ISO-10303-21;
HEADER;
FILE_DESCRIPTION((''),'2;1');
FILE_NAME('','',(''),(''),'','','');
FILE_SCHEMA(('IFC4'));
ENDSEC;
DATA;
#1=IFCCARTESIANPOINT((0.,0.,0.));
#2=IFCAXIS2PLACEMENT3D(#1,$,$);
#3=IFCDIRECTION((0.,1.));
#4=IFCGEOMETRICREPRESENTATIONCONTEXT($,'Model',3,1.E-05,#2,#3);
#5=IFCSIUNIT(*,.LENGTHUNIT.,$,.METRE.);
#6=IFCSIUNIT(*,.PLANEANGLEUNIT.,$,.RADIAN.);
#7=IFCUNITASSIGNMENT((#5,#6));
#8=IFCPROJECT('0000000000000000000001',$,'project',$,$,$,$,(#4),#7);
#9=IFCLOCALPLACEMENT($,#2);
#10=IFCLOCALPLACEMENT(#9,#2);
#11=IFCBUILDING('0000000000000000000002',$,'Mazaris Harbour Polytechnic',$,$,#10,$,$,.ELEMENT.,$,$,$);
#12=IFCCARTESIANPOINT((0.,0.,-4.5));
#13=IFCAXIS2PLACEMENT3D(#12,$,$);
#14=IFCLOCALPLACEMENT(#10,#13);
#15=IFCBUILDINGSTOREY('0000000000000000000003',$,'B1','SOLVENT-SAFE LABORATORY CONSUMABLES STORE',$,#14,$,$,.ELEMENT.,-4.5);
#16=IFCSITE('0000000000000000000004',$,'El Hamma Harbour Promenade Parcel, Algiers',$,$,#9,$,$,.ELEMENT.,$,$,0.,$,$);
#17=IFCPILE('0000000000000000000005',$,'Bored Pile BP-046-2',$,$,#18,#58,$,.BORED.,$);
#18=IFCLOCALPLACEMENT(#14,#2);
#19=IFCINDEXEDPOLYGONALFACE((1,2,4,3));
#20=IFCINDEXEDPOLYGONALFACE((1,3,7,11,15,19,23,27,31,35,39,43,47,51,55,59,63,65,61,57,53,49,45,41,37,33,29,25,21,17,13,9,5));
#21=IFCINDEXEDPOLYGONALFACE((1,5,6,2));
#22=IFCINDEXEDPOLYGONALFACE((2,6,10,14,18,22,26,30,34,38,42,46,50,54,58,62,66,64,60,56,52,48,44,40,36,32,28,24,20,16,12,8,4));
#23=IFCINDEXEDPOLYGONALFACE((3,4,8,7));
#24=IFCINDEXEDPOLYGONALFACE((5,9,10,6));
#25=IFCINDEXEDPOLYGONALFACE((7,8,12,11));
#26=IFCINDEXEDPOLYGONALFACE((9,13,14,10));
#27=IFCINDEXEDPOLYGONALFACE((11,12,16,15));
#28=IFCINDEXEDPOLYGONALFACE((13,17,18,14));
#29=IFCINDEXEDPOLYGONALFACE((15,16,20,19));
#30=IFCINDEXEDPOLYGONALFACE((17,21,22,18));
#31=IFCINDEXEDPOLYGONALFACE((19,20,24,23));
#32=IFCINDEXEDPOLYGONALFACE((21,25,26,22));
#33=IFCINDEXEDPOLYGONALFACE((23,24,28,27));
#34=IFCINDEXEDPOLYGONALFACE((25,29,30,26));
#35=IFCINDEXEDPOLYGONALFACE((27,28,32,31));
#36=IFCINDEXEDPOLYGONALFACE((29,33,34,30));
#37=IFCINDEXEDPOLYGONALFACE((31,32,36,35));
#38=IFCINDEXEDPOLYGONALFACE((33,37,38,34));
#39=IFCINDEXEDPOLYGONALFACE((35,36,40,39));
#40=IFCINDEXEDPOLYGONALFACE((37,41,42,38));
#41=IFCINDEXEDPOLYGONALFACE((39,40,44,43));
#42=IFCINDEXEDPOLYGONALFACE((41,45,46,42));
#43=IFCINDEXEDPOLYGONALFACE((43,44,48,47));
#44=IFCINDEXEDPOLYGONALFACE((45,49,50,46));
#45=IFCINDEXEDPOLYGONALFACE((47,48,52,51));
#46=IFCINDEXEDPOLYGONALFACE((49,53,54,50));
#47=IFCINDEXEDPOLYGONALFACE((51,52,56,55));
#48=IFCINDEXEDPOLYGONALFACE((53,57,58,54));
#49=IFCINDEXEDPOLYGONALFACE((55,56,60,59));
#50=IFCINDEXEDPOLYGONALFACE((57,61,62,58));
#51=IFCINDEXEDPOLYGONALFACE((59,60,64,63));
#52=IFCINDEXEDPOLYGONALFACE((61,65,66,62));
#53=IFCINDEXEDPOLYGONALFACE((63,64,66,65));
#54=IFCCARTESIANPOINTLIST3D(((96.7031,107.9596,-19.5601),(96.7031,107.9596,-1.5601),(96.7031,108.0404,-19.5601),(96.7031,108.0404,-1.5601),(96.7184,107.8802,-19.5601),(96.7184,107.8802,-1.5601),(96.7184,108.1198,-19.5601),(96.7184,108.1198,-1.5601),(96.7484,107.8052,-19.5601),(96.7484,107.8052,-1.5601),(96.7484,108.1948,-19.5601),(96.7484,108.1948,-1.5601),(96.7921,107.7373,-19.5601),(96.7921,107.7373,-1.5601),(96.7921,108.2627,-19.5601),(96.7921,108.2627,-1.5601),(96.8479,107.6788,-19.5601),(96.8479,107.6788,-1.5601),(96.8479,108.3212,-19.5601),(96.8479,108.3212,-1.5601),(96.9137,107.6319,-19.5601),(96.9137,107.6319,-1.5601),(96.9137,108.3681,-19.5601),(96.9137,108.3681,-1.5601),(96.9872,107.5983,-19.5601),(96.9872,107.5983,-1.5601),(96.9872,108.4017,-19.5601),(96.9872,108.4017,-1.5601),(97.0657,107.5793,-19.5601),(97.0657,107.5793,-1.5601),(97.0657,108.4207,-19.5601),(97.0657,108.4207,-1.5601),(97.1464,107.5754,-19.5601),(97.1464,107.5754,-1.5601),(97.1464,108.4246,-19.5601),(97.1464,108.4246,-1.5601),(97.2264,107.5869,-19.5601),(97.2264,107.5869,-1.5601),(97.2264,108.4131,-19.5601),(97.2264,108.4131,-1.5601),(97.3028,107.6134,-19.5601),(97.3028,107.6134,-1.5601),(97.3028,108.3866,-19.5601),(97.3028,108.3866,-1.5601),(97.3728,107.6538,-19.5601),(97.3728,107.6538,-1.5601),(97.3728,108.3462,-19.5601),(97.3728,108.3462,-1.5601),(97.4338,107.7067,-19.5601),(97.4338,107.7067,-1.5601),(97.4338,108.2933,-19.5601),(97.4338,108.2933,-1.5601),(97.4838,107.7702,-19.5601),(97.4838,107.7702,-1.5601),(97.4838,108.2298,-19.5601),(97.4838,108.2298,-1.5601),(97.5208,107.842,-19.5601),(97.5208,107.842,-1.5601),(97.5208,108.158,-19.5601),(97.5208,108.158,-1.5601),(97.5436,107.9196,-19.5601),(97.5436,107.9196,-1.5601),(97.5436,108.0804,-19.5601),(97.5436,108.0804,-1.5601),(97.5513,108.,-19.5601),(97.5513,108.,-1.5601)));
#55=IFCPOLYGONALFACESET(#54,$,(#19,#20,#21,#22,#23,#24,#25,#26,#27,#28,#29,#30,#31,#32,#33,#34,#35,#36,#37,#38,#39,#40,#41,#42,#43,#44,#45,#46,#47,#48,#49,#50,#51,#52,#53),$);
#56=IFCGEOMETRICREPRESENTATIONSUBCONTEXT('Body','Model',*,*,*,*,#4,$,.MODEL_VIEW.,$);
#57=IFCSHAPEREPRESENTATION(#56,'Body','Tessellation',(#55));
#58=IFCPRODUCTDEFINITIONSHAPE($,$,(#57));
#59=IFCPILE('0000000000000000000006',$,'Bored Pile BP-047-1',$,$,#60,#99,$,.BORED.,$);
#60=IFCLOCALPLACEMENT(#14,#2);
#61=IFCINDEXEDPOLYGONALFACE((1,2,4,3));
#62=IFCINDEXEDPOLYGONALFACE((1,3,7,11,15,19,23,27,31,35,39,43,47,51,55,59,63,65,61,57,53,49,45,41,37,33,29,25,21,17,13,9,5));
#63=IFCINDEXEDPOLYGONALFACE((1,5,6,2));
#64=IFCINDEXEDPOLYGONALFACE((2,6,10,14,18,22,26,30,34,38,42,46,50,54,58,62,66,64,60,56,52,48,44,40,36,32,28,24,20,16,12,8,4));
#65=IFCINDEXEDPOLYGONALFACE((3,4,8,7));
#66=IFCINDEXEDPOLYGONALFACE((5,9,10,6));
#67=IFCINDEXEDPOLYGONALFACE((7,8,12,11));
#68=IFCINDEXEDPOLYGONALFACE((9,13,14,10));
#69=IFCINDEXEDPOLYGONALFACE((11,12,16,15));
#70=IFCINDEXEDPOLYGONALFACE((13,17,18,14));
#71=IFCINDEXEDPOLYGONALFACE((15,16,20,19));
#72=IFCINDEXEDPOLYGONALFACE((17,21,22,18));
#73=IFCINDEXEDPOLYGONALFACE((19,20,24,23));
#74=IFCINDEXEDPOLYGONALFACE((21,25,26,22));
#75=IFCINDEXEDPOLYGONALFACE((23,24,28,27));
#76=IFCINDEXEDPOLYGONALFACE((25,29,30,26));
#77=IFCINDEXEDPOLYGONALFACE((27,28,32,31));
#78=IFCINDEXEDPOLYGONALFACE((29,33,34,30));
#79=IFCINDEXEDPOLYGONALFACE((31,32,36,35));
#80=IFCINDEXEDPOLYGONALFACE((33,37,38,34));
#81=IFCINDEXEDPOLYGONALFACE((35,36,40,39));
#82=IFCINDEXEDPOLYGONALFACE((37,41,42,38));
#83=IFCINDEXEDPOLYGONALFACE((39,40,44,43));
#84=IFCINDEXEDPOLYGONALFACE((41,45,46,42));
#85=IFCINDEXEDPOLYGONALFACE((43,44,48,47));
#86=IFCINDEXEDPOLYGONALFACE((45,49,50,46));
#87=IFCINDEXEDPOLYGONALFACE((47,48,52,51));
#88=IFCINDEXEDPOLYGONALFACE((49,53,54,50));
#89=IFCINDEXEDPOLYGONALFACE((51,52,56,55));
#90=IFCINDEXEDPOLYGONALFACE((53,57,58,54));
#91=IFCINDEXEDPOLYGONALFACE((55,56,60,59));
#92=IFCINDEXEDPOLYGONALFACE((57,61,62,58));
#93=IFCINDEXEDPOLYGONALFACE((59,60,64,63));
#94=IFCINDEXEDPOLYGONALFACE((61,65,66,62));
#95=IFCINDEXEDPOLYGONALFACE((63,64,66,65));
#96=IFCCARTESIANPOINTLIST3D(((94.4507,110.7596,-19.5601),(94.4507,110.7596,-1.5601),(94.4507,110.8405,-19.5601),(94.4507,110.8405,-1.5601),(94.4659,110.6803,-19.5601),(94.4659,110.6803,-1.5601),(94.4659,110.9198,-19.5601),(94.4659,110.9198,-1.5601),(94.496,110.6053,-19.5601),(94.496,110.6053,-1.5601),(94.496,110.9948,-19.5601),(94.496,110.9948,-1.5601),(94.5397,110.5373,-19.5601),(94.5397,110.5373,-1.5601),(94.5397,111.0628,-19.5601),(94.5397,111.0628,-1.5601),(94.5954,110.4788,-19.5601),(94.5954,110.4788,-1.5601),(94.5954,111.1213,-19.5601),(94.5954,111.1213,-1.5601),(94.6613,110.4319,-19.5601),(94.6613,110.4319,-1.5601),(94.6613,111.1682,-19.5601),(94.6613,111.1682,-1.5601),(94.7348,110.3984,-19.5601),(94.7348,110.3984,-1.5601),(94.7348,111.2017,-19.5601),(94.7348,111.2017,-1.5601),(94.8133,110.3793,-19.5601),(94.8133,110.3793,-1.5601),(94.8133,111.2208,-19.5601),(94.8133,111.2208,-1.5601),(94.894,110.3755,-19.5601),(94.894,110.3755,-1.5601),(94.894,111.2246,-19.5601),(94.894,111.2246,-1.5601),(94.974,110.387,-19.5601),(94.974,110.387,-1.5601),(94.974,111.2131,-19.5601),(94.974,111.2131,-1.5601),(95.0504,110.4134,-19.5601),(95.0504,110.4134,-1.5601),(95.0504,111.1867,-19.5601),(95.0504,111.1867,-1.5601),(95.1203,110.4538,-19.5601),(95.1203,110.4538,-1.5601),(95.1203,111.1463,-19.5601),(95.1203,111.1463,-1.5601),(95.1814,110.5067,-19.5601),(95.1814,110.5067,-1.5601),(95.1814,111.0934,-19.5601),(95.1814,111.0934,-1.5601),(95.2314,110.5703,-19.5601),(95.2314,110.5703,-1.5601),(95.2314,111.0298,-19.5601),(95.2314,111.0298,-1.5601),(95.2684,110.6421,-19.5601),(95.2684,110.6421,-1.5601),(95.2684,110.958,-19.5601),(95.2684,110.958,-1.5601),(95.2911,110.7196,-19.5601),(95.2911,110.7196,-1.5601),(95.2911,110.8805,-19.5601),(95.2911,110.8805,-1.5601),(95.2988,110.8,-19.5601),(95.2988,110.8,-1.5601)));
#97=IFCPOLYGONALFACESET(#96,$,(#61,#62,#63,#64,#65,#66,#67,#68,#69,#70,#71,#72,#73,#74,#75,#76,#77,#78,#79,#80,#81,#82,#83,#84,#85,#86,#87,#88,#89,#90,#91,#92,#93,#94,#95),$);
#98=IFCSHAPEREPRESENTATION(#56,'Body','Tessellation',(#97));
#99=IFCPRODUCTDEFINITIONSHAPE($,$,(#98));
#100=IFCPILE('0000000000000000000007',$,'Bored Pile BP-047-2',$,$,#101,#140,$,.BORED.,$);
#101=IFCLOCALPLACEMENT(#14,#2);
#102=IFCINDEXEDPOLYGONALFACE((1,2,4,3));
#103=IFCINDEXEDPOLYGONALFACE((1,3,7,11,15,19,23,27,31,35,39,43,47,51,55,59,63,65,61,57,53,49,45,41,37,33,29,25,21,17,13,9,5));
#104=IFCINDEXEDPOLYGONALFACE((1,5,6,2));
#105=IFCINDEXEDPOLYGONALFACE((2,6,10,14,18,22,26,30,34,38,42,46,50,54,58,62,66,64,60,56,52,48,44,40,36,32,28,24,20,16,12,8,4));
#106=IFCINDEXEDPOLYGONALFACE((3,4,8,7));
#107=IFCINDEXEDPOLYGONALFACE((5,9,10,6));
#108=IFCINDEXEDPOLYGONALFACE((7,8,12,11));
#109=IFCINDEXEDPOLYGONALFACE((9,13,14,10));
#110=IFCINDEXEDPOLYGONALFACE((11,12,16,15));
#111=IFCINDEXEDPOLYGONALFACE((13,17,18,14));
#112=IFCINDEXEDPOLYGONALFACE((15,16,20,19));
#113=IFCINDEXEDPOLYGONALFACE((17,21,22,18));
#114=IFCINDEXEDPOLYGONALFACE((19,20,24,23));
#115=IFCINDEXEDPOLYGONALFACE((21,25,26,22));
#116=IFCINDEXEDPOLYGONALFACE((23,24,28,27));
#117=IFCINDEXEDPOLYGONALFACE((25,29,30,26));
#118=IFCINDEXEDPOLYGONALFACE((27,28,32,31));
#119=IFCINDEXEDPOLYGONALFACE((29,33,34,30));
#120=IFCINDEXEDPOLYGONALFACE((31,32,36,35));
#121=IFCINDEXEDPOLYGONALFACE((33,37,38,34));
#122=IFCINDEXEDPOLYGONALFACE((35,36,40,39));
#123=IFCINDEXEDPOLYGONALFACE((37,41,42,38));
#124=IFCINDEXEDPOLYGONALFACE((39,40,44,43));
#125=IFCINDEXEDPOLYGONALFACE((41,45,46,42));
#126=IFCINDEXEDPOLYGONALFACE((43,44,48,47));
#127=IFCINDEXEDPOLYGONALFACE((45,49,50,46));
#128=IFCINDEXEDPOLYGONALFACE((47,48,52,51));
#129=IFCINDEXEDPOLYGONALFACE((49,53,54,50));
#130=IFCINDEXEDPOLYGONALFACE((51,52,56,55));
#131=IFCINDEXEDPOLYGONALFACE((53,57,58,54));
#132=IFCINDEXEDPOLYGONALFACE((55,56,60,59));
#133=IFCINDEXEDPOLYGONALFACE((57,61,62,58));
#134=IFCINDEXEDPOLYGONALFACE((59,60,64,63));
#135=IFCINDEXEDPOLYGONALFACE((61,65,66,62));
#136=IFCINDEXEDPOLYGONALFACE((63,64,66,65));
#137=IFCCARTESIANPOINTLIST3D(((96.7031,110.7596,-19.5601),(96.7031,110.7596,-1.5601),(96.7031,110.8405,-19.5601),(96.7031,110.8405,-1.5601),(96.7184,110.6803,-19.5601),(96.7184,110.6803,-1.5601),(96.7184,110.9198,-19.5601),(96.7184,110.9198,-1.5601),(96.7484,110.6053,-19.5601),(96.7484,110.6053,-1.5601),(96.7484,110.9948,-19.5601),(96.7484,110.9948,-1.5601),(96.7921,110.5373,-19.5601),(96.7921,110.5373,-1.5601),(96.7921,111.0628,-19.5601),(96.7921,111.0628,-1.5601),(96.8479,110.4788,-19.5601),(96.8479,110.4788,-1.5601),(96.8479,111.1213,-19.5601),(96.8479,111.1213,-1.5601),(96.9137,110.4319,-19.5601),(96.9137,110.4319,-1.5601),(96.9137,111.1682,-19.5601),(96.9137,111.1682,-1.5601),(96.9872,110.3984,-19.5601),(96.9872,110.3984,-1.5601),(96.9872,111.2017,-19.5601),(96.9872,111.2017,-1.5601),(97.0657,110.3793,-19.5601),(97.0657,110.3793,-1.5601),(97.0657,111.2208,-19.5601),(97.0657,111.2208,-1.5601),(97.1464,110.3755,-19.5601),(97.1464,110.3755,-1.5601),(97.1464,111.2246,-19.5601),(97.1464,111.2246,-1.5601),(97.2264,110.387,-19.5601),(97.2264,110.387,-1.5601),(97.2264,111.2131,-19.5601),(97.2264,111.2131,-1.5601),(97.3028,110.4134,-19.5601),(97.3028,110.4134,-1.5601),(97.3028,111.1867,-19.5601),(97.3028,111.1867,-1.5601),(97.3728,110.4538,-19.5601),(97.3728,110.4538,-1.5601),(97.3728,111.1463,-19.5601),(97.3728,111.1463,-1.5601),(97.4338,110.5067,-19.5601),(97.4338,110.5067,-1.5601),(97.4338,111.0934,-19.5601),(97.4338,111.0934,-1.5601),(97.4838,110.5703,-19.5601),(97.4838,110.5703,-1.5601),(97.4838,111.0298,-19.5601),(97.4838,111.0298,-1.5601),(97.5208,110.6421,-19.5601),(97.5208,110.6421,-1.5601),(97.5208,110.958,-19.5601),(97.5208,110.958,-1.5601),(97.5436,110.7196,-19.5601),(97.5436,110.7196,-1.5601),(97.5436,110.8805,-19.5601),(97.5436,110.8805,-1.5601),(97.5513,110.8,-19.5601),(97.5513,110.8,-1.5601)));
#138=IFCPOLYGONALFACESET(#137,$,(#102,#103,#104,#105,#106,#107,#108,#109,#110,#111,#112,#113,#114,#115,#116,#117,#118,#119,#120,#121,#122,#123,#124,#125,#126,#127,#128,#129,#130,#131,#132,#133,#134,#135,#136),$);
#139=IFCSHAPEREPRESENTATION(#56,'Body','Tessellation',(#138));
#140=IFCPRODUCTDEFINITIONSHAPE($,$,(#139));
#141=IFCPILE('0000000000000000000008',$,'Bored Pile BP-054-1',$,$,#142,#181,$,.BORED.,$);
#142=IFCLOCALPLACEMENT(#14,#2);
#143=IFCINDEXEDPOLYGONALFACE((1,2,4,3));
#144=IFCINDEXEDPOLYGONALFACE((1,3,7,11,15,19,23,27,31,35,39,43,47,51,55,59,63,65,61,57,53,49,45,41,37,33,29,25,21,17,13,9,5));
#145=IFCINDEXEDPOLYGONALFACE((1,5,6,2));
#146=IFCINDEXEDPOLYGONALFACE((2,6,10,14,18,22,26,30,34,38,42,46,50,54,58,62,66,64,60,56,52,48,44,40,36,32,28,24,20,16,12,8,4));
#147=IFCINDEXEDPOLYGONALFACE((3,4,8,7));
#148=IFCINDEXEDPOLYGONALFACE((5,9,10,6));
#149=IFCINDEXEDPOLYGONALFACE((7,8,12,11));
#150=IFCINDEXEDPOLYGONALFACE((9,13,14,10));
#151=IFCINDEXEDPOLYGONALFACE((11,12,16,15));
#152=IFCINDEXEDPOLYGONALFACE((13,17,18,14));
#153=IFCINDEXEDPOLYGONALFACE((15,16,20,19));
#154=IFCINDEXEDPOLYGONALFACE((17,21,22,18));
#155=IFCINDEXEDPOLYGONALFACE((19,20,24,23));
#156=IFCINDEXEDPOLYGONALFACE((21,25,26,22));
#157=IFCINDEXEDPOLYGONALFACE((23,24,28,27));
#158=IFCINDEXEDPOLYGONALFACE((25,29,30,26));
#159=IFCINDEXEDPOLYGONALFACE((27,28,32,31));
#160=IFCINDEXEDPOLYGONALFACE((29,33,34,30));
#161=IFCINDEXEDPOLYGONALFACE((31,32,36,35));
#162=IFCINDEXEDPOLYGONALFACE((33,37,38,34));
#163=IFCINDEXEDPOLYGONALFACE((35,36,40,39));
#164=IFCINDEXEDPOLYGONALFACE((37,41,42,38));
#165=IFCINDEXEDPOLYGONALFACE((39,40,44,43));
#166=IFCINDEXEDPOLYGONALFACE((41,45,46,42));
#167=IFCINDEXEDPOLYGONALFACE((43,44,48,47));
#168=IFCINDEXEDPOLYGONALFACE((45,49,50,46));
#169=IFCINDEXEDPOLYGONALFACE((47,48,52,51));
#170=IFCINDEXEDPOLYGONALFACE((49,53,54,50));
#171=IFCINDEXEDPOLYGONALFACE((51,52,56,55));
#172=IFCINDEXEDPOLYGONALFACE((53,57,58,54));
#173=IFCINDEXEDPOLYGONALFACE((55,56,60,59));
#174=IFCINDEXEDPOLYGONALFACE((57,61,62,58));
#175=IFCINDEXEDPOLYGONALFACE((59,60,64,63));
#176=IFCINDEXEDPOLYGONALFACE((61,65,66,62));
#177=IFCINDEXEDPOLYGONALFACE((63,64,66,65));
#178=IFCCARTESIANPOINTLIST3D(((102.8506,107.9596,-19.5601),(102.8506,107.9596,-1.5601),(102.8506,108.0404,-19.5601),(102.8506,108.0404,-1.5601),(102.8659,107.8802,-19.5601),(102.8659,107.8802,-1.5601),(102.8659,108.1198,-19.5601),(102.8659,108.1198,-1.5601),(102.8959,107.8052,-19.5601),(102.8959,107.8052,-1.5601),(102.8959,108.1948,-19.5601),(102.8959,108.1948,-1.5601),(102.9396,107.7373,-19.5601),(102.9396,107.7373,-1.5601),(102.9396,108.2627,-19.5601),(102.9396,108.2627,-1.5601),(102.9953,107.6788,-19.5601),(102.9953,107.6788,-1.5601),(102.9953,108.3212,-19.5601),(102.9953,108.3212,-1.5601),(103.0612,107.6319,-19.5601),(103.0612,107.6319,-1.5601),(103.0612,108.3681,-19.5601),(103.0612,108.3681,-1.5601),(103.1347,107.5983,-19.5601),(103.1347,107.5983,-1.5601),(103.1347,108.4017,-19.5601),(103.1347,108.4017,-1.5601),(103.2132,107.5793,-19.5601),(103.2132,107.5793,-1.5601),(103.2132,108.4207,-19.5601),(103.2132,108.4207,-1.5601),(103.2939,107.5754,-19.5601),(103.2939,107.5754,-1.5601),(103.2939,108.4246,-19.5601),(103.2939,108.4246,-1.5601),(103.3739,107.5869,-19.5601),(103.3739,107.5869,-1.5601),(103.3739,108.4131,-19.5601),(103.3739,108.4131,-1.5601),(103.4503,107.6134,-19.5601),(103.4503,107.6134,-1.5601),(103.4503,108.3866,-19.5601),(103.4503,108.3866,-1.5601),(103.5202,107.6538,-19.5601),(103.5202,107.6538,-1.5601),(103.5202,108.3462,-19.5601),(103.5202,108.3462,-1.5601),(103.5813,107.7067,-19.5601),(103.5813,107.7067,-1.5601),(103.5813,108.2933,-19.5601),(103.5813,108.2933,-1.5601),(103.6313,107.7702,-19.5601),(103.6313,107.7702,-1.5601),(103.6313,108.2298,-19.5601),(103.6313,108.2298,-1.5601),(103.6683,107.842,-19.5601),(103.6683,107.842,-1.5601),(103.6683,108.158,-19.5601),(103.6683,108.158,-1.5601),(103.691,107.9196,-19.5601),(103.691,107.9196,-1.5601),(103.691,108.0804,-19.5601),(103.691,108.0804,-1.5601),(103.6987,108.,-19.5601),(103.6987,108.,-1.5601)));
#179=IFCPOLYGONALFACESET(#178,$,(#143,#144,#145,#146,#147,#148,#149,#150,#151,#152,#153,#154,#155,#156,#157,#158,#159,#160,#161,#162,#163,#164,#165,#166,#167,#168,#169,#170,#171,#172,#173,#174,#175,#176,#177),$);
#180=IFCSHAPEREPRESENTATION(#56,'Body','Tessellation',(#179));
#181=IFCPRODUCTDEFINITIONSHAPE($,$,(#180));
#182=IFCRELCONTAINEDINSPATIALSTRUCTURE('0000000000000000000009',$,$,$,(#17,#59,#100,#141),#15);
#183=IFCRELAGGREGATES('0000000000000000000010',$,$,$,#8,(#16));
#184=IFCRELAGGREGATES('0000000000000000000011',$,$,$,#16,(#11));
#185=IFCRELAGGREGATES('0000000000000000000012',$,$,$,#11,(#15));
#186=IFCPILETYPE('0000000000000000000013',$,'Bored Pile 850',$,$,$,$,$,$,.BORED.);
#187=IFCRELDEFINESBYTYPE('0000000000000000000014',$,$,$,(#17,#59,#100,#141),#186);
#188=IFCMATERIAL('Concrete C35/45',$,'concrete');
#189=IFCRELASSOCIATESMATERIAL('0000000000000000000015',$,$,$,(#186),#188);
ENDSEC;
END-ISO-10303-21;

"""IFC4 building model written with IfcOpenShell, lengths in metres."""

from ifc_helpers import new_model, si_unit, direction, frame, origin, origin_2d, place, context, subcontext, project, spatial, circle, extrude, material, material_profile, profile_set, type_object, element, save


model = new_model("IFC4")

# Units and contexts
model_context = context("Model", 3, precision=1e-05, world=origin(), true_north=direction((0.0, 1.0)))
body_context = subcontext(model_context, "Body", "Model", "MODEL_VIEW")
ifc_project = project(units=[si_unit("LENGTHUNIT", "METRE"), si_unit("PLANEANGLEUNIT", "RADIAN")], contexts=[model_context])

# Site, building, storey
site_placement = place(None, origin())
site = spatial("IfcSite", under=ifc_project, at=site_placement, Name="El Hamma Harbour Promenade Parcel, Algiers", CompositionType="ELEMENT", RefElevation=0.0)
building_placement = place(site_placement, origin())
building = spatial("IfcBuilding", under=site, at=building_placement, Name="Mazaris Harbour Polytechnic", CompositionType="ELEMENT")
storey_placement = place(building_placement, frame((0.0, 0.0, -4.5)))
storey = spatial("IfcBuildingStorey", under=building, at=storey_placement, Name="B1", Description="SOLVENT-SAFE LABORATORY CONSUMABLES STORE", CompositionType="ELEMENT", Elevation=-4.5)

# Piles
ifc_material_1 = material(Name="Concrete C35/45", Category="concrete")
ifc_material_profile_1 = material_profile(ifc_material_1, circle(Radius=0.425, at=origin_2d()), Name="DIA850")
ifc_profile_set_1 = profile_set([ifc_material_profile_1], Name="Concrete C35/45")
pile_type_1 = type_object("IfcPileType", Name="Bored Pile 850", PredefinedType="BORED", material=ifc_profile_set_1)
for number, where, z_axis, x_axis, name in (
    (1, (97.1262, 108.0, -1.5601), (0.0, 0.0, -1.0), (1.0, 0.0, 0.0), "Bored Pile BP-046-2"),
    (2, (94.8738, 110.8, -1.5601), (0.0, 0.0, -1.0), (1.0, 0.0, 0.0), "Bored Pile BP-047-1"),
    (3, (97.1262, 110.8, -1.5601), (0.0, 0.0, -1.0), (1.0, 0.0, 0.0), "Bored Pile BP-047-2"),
    (4, (103.2737, 108.0, -1.5601), (0.0, 0.0, -1.0), (1.0, 0.0, 0.0), "Bored Pile BP-054-1"),
):
    element("IfcPile", number, at=place(storey_placement, frame(where, z_axis=z_axis, x_axis=x_axis)), inside=storey, type_object=pile_type_1, Name=name, PredefinedType="BORED", context=body_context, shape_type="SweptSolid", body=[
        extrude(circle(Radius=0.425, at=origin_2d()), origin(), (0.0, 0.0, 1.0), 18.0),
    ])

save(model, "model.ifc")
